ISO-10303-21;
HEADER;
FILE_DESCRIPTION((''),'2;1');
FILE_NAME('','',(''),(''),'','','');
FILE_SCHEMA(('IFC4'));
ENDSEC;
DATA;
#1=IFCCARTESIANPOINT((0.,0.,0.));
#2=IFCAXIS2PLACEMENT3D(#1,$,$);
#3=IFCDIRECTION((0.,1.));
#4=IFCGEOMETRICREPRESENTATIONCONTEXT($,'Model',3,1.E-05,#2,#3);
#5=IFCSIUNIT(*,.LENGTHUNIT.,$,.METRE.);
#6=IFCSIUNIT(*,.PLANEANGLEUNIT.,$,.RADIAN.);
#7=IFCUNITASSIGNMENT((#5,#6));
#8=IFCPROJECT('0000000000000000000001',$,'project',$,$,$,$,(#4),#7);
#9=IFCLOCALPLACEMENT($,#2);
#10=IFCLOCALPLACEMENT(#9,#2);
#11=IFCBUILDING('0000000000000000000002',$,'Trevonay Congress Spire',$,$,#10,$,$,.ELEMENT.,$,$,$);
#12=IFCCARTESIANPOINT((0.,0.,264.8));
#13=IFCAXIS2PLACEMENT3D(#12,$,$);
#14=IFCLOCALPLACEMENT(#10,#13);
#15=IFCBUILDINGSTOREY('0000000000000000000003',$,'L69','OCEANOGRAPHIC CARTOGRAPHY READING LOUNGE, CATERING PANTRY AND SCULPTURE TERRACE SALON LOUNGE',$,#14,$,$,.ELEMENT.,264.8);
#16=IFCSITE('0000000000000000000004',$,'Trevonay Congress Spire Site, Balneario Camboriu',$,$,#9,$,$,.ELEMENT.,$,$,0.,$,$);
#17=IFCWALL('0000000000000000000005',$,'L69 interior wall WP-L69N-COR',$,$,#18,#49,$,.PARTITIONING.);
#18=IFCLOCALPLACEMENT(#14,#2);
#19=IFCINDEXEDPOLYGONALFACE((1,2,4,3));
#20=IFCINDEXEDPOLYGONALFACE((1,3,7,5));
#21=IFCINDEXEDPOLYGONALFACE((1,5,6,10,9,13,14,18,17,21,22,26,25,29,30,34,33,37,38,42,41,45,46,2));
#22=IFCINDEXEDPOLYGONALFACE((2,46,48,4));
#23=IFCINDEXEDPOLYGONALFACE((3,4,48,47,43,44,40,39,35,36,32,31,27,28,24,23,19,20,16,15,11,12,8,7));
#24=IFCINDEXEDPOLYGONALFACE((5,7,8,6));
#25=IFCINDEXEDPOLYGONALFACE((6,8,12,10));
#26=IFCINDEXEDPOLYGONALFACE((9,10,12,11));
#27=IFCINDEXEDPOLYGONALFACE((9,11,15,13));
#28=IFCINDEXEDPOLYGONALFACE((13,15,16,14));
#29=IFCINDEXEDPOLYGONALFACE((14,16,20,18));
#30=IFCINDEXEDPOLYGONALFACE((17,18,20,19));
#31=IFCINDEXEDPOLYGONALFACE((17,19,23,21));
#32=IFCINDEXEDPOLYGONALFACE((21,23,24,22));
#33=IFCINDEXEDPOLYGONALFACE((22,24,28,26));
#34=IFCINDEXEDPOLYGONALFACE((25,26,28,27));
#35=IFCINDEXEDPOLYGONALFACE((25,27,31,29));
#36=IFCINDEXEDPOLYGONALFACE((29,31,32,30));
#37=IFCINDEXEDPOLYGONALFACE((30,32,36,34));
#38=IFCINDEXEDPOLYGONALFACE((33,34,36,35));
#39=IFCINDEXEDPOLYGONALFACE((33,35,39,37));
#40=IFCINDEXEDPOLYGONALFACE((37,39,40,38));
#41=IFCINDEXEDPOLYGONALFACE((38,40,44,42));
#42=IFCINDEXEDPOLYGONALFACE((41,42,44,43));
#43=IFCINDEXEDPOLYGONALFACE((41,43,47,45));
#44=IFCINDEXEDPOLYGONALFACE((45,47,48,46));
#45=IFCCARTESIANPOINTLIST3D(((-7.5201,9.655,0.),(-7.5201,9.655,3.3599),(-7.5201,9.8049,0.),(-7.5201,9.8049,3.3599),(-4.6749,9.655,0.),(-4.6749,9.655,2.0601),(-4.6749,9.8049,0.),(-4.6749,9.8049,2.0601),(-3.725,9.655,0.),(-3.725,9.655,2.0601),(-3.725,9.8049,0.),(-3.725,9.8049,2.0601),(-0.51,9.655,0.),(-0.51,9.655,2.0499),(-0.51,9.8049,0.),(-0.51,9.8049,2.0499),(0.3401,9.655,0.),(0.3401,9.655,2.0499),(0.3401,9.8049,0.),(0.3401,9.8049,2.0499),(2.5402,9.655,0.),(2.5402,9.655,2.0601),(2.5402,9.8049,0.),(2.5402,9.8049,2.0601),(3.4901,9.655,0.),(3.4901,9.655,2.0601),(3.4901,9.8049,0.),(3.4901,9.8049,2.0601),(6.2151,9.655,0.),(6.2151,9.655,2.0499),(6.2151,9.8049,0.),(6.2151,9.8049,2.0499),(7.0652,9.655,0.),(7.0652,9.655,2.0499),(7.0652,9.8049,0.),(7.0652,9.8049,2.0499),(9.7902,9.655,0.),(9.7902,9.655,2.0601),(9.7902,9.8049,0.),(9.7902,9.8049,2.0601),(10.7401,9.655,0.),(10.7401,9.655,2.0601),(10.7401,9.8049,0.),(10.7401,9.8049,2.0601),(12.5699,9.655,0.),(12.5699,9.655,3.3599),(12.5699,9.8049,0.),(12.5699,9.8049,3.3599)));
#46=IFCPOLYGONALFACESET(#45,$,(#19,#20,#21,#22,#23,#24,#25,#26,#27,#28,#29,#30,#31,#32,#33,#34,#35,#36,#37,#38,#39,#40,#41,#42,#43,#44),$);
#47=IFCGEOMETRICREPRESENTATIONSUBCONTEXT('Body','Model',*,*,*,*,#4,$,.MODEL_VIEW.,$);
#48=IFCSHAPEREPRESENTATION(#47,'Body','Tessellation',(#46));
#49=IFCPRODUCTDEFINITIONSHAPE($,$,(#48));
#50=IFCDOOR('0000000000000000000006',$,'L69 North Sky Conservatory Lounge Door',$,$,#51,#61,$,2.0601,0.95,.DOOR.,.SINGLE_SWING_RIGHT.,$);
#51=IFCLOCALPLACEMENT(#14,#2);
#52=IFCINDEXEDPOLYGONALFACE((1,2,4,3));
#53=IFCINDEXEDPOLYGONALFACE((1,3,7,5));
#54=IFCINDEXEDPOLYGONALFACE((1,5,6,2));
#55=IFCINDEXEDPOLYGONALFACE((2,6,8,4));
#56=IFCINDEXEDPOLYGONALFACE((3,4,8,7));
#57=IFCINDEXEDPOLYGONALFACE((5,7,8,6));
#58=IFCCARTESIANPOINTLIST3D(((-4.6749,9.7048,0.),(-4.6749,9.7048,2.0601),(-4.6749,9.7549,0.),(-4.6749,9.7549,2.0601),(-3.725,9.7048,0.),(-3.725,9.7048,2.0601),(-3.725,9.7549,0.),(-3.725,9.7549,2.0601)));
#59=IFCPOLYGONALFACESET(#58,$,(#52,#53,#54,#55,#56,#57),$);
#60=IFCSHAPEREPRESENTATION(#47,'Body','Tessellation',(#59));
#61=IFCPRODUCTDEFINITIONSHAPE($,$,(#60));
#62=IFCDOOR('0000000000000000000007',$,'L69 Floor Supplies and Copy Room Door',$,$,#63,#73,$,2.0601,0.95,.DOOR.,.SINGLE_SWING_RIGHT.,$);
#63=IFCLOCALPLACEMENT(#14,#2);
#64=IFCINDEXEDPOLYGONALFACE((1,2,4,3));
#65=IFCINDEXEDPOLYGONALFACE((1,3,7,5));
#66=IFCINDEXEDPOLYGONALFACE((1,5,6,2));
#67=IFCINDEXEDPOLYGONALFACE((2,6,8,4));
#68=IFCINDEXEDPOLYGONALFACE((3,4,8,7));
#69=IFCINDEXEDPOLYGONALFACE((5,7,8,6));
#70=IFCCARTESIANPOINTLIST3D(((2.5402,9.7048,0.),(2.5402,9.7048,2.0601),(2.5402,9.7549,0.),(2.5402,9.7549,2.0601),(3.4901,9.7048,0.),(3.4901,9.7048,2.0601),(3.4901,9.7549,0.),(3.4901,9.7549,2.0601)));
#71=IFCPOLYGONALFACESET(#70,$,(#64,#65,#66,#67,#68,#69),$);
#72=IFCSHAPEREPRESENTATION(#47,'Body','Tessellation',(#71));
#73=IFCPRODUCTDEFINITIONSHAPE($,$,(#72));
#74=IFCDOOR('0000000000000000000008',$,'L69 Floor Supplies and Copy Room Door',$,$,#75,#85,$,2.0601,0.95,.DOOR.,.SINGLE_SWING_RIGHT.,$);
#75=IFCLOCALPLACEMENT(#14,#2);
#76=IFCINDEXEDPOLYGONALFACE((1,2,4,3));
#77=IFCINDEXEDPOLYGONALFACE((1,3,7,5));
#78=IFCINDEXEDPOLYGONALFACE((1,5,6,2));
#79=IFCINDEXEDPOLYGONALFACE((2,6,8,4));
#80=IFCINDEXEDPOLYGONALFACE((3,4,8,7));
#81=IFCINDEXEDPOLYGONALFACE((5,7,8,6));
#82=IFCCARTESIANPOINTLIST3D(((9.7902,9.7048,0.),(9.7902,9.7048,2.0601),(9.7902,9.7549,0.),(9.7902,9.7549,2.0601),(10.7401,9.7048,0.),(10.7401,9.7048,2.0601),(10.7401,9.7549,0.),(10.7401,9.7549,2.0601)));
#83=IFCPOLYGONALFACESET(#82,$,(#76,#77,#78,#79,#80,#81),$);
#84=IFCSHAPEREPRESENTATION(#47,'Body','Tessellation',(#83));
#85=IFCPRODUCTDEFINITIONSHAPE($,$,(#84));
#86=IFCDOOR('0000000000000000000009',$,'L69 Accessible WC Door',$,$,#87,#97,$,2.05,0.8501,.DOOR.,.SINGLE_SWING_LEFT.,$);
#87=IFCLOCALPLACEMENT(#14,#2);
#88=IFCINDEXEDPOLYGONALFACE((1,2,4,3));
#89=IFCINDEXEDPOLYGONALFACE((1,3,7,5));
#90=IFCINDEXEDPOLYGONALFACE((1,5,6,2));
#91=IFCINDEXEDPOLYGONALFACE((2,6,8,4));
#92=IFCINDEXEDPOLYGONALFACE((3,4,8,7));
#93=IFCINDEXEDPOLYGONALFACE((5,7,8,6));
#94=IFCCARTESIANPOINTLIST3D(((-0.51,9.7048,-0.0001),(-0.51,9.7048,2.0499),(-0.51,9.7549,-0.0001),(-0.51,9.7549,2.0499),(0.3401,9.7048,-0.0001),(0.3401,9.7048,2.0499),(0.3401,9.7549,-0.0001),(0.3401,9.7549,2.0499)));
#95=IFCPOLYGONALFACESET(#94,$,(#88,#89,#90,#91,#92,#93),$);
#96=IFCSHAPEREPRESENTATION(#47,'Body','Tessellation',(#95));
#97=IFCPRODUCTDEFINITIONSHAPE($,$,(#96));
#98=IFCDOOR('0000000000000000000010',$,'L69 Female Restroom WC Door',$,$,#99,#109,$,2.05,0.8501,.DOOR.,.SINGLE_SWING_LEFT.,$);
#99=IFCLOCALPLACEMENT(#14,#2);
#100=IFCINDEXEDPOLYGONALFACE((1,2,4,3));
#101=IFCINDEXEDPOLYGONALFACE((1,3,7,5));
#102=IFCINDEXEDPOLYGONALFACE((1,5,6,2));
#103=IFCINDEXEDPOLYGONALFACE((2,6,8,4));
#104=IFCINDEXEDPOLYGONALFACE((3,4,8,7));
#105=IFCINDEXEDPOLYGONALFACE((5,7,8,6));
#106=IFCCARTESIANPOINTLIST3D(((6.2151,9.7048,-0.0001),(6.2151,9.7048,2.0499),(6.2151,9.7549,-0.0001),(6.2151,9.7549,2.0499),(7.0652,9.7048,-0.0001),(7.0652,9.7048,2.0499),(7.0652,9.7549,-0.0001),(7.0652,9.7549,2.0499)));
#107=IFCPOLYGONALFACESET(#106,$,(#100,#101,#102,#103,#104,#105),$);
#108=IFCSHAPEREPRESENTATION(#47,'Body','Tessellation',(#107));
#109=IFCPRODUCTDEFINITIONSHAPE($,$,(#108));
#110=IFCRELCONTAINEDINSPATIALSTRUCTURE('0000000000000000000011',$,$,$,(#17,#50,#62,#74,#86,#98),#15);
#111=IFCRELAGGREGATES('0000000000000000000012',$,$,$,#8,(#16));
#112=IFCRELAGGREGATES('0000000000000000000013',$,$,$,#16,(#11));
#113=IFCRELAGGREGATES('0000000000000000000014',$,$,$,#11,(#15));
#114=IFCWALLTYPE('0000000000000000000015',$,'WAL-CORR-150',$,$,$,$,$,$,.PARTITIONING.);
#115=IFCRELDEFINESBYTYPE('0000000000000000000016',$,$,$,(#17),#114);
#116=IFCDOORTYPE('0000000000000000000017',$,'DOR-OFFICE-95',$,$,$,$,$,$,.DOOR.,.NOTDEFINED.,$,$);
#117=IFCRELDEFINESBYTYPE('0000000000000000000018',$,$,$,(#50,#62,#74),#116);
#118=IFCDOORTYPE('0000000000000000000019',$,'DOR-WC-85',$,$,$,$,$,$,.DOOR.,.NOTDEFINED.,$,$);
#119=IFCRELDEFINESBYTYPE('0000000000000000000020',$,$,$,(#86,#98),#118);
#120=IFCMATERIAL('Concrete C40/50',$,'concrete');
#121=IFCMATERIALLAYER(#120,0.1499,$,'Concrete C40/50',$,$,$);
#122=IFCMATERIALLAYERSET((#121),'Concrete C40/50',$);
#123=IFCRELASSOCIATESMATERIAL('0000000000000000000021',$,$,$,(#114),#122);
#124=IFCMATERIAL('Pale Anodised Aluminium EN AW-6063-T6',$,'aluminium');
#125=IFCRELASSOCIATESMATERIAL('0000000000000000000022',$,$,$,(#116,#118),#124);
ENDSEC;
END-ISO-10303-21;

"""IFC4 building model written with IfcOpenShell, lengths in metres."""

from ifc_helpers import new_model, si_unit, direction, frame, frame_2d, origin, place, context, subcontext, project, spatial, rectangle, extrude, material, layer, layer_set, type_object, element, fill, save


model = new_model("IFC4")

# Units and contexts
model_context = context("Model", 3, precision=1e-05, world=origin(), true_north=direction((0.0, 1.0)))
body_context = subcontext(model_context, "Body", "Model", "MODEL_VIEW")
ifc_project = project(units=[si_unit("LENGTHUNIT", "METRE"), si_unit("PLANEANGLEUNIT", "RADIAN")], contexts=[model_context])

# Site, building, storey
site_placement = place(None, origin())
site = spatial("IfcSite", under=ifc_project, at=site_placement, Name="Trevonay Congress Spire Site, Balneario Camboriu", CompositionType="ELEMENT", RefElevation=0.0)
building_placement = place(site_placement, origin())
building = spatial("IfcBuilding", under=site, at=building_placement, Name="Trevonay Congress Spire", CompositionType="ELEMENT")
storey_placement = place(building_placement, frame((0.0, 0.0, 264.8)))
storey = spatial("IfcBuildingStorey", under=building, at=storey_placement, Name="L69", Description="OCEANOGRAPHIC CARTOGRAPHY READING LOUNGE, CATERING PANTRY AND SCULPTURE TERRACE SALON LOUNGE", CompositionType="ELEMENT", Elevation=264.8)

# Shared definitions
ifc_material_1 = material(Name="Pale Anodised Aluminium EN AW-6063-T6", Category="aluminium")

# Wall, openings, doors
ifc_material_2 = material(Name="Concrete C40/50", Category="concrete")
ifc_layer_1 = layer(ifc_material_2, 0.1499, Name="Concrete C40/50")
ifc_layer_set_1 = layer_set([ifc_layer_1], Name="Concrete C40/50")
wall_type_1 = type_object("IfcWallType", Name="WAL-CORR-150", PredefinedType="PARTITIONING", material=ifc_layer_set_1)
wall_1_placement = place(storey_placement, frame((-7.52, 9.73, 0.0), z_axis=(0.0, 0.0, 1.0), x_axis=(1.0, 0.0, 0.0)))
wall_1 = element("IfcWall", 1, at=wall_1_placement, inside=storey, type_object=wall_type_1, Name="L69 interior wall WP-L69N-COR", PredefinedType="PARTITIONING", context=body_context, shape_type="SweptSolid", body=[
    extrude(rectangle(XDim=20.0901, YDim=0.1499, at=frame_2d((10.0449, 0.0))), origin(), (0.0, 0.0, 1.0), 3.3599),
])
opening_1_placement = place(wall_1_placement, frame((2.845, 0.0, 0.0)))
opening_1 = element("IfcOpeningElement", 2, at=opening_1_placement, cuts=wall_1, PredefinedType="OPENING", context=body_context, shape_type="SweptSolid", body=[
    extrude(rectangle(XDim=0.95, YDim=2.0601, at=frame_2d((0.4751, 1.03))), frame((0.0, 0.085, 0.0), z_axis=(0.0, -1.0, 0.0), x_axis=(1.0, 0.0, 0.0)), (0.0, 0.0, 1.0), 0.1699),
])
opening_2_placement = place(wall_1_placement, frame((7.01, 0.0, 0.0)))
opening_2 = element("IfcOpeningElement", 3, at=opening_2_placement, cuts=wall_1, PredefinedType="OPENING", context=body_context, shape_type="SweptSolid", body=[
    extrude(rectangle(XDim=0.8501, YDim=2.05, at=frame_2d((0.425, 1.0249))), frame((0.0, 0.085, 0.0), z_axis=(0.0, -1.0, 0.0), x_axis=(1.0, 0.0, 0.0)), (0.0, 0.0, 1.0), 0.1699),
])
opening_3_placement = place(wall_1_placement, frame((10.0601, 0.0, 0.0)))
opening_3 = element("IfcOpeningElement", 4, at=opening_3_placement, cuts=wall_1, PredefinedType="OPENING", context=body_context, shape_type="SweptSolid", body=[
    extrude(rectangle(XDim=0.95, YDim=2.0601, at=frame_2d((0.4751, 1.03))), frame((0.0, 0.085, 0.0), z_axis=(0.0, -1.0, 0.0), x_axis=(1.0, 0.0, 0.0)), (0.0, 0.0, 1.0), 0.1699),
])
opening_4_placement = place(wall_1_placement, frame((13.7351, 0.0, 0.0)))
opening_4 = element("IfcOpeningElement", 5, at=opening_4_placement, cuts=wall_1, PredefinedType="OPENING", context=body_context, shape_type="SweptSolid", body=[
    extrude(rectangle(XDim=0.8501, YDim=2.05, at=frame_2d((0.425, 1.0249))), frame((0.0, 0.085, 0.0), z_axis=(0.0, -1.0, 0.0), x_axis=(1.0, 0.0, 0.0)), (0.0, 0.0, 1.0), 0.1699),
])
opening_5_placement = place(wall_1_placement, frame((17.3101, 0.0, 0.0)))
opening_5 = element("IfcOpeningElement", 6, at=opening_5_placement, cuts=wall_1, PredefinedType="OPENING", context=body_context, shape_type="SweptSolid", body=[
    extrude(rectangle(XDim=0.95, YDim=2.0601, at=frame_2d((0.4751, 1.03))), frame((0.0, 0.085, 0.0), z_axis=(0.0, -1.0, 0.0), x_axis=(1.0, 0.0, 0.0)), (0.0, 0.0, 1.0), 0.1699),
])
door_type_1 = type_object("IfcDoorType", Name="DOR-OFFICE-95", OperationType="NOTDEFINED", PredefinedType="DOOR", material=ifc_material_1)
door_1_placement = place(opening_1_placement, origin())
door_1 = element("IfcDoor", 7, at=door_1_placement, inside=storey, type_object=door_type_1, Name="L69 North Sky Conservatory Lounge Door", OperationType="SINGLE_SWING_RIGHT", OverallHeight=2.0601, OverallWidth=0.95, PredefinedType="DOOR", context=body_context, shape_type="SweptSolid", body=[
    extrude(rectangle(XDim=0.95, YDim=2.0601, at=frame_2d((0.4751, 1.03))), frame((0.0, 0.0249, 0.0), z_axis=(0.0, -1.0, 0.0), x_axis=(1.0, 0.0, 0.0)), (0.0, 0.0, 1.0), 0.05),
])
fill(opening_1, door_1)
door_2_placement = place(opening_3_placement, origin())
door_2 = element("IfcDoor", 8, at=door_2_placement, inside=storey, type_object=door_type_1, Name="L69 Floor Supplies and Copy Room Door", OperationType="SINGLE_SWING_RIGHT", OverallHeight=2.0601, OverallWidth=0.95, PredefinedType="DOOR", context=body_context, shape_type="SweptSolid", body=[
    extrude(rectangle(XDim=0.95, YDim=2.0601, at=frame_2d((0.4751, 1.03))), frame((0.0, 0.0249, 0.0), z_axis=(0.0, -1.0, 0.0), x_axis=(1.0, 0.0, 0.0)), (0.0, 0.0, 1.0), 0.05),
])
fill(opening_3, door_2)
door_3_placement = place(opening_5_placement, origin())
door_3 = element("IfcDoor", 9, at=door_3_placement, inside=storey, type_object=door_type_1, Name="L69 Floor Supplies and Copy Room Door", OperationType="SINGLE_SWING_RIGHT", OverallHeight=2.0601, OverallWidth=0.95, PredefinedType="DOOR", context=body_context, shape_type="SweptSolid", body=[
    extrude(rectangle(XDim=0.95, YDim=2.0601, at=frame_2d((0.4751, 1.03))), frame((0.0, 0.0249, 0.0), z_axis=(0.0, -1.0, 0.0), x_axis=(1.0, 0.0, 0.0)), (0.0, 0.0, 1.0), 0.05),
])
fill(opening_5, door_3)
door_type_2 = type_object("IfcDoorType", Name="DOR-WC-85", OperationType="NOTDEFINED", PredefinedType="DOOR", material=ifc_material_1)
door_4_placement = place(opening_2_placement, origin())
door_4 = element("IfcDoor", 10, at=door_4_placement, inside=storey, type_object=door_type_2, Name="L69 Accessible WC Door", OperationType="SINGLE_SWING_LEFT", OverallHeight=2.05, OverallWidth=0.8501, PredefinedType="DOOR", context=body_context, shape_type="SweptSolid", body=[
    extrude(rectangle(XDim=0.8501, YDim=2.05, at=frame_2d((0.425, 1.0249))), frame((0.0, 0.0249, 0.0), z_axis=(0.0, -1.0, 0.0), x_axis=(1.0, 0.0, 0.0)), (0.0, 0.0, 1.0), 0.05),
])
fill(opening_2, door_4)
door_5_placement = place(opening_4_placement, origin())
door_5 = element("IfcDoor", 11, at=door_5_placement, inside=storey, type_object=door_type_2, Name="L69 Female Restroom WC Door", OperationType="SINGLE_SWING_LEFT", OverallHeight=2.05, OverallWidth=0.8501, PredefinedType="DOOR", context=body_context, shape_type="SweptSolid", body=[
    extrude(rectangle(XDim=0.8501, YDim=2.05, at=frame_2d((0.425, 1.0249))), frame((0.0, 0.0249, 0.0), z_axis=(0.0, -1.0, 0.0), x_axis=(1.0, 0.0, 0.0)), (0.0, 0.0, 1.0), 0.05),
])
fill(opening_4, door_5)

save(model, "model.ifc")
